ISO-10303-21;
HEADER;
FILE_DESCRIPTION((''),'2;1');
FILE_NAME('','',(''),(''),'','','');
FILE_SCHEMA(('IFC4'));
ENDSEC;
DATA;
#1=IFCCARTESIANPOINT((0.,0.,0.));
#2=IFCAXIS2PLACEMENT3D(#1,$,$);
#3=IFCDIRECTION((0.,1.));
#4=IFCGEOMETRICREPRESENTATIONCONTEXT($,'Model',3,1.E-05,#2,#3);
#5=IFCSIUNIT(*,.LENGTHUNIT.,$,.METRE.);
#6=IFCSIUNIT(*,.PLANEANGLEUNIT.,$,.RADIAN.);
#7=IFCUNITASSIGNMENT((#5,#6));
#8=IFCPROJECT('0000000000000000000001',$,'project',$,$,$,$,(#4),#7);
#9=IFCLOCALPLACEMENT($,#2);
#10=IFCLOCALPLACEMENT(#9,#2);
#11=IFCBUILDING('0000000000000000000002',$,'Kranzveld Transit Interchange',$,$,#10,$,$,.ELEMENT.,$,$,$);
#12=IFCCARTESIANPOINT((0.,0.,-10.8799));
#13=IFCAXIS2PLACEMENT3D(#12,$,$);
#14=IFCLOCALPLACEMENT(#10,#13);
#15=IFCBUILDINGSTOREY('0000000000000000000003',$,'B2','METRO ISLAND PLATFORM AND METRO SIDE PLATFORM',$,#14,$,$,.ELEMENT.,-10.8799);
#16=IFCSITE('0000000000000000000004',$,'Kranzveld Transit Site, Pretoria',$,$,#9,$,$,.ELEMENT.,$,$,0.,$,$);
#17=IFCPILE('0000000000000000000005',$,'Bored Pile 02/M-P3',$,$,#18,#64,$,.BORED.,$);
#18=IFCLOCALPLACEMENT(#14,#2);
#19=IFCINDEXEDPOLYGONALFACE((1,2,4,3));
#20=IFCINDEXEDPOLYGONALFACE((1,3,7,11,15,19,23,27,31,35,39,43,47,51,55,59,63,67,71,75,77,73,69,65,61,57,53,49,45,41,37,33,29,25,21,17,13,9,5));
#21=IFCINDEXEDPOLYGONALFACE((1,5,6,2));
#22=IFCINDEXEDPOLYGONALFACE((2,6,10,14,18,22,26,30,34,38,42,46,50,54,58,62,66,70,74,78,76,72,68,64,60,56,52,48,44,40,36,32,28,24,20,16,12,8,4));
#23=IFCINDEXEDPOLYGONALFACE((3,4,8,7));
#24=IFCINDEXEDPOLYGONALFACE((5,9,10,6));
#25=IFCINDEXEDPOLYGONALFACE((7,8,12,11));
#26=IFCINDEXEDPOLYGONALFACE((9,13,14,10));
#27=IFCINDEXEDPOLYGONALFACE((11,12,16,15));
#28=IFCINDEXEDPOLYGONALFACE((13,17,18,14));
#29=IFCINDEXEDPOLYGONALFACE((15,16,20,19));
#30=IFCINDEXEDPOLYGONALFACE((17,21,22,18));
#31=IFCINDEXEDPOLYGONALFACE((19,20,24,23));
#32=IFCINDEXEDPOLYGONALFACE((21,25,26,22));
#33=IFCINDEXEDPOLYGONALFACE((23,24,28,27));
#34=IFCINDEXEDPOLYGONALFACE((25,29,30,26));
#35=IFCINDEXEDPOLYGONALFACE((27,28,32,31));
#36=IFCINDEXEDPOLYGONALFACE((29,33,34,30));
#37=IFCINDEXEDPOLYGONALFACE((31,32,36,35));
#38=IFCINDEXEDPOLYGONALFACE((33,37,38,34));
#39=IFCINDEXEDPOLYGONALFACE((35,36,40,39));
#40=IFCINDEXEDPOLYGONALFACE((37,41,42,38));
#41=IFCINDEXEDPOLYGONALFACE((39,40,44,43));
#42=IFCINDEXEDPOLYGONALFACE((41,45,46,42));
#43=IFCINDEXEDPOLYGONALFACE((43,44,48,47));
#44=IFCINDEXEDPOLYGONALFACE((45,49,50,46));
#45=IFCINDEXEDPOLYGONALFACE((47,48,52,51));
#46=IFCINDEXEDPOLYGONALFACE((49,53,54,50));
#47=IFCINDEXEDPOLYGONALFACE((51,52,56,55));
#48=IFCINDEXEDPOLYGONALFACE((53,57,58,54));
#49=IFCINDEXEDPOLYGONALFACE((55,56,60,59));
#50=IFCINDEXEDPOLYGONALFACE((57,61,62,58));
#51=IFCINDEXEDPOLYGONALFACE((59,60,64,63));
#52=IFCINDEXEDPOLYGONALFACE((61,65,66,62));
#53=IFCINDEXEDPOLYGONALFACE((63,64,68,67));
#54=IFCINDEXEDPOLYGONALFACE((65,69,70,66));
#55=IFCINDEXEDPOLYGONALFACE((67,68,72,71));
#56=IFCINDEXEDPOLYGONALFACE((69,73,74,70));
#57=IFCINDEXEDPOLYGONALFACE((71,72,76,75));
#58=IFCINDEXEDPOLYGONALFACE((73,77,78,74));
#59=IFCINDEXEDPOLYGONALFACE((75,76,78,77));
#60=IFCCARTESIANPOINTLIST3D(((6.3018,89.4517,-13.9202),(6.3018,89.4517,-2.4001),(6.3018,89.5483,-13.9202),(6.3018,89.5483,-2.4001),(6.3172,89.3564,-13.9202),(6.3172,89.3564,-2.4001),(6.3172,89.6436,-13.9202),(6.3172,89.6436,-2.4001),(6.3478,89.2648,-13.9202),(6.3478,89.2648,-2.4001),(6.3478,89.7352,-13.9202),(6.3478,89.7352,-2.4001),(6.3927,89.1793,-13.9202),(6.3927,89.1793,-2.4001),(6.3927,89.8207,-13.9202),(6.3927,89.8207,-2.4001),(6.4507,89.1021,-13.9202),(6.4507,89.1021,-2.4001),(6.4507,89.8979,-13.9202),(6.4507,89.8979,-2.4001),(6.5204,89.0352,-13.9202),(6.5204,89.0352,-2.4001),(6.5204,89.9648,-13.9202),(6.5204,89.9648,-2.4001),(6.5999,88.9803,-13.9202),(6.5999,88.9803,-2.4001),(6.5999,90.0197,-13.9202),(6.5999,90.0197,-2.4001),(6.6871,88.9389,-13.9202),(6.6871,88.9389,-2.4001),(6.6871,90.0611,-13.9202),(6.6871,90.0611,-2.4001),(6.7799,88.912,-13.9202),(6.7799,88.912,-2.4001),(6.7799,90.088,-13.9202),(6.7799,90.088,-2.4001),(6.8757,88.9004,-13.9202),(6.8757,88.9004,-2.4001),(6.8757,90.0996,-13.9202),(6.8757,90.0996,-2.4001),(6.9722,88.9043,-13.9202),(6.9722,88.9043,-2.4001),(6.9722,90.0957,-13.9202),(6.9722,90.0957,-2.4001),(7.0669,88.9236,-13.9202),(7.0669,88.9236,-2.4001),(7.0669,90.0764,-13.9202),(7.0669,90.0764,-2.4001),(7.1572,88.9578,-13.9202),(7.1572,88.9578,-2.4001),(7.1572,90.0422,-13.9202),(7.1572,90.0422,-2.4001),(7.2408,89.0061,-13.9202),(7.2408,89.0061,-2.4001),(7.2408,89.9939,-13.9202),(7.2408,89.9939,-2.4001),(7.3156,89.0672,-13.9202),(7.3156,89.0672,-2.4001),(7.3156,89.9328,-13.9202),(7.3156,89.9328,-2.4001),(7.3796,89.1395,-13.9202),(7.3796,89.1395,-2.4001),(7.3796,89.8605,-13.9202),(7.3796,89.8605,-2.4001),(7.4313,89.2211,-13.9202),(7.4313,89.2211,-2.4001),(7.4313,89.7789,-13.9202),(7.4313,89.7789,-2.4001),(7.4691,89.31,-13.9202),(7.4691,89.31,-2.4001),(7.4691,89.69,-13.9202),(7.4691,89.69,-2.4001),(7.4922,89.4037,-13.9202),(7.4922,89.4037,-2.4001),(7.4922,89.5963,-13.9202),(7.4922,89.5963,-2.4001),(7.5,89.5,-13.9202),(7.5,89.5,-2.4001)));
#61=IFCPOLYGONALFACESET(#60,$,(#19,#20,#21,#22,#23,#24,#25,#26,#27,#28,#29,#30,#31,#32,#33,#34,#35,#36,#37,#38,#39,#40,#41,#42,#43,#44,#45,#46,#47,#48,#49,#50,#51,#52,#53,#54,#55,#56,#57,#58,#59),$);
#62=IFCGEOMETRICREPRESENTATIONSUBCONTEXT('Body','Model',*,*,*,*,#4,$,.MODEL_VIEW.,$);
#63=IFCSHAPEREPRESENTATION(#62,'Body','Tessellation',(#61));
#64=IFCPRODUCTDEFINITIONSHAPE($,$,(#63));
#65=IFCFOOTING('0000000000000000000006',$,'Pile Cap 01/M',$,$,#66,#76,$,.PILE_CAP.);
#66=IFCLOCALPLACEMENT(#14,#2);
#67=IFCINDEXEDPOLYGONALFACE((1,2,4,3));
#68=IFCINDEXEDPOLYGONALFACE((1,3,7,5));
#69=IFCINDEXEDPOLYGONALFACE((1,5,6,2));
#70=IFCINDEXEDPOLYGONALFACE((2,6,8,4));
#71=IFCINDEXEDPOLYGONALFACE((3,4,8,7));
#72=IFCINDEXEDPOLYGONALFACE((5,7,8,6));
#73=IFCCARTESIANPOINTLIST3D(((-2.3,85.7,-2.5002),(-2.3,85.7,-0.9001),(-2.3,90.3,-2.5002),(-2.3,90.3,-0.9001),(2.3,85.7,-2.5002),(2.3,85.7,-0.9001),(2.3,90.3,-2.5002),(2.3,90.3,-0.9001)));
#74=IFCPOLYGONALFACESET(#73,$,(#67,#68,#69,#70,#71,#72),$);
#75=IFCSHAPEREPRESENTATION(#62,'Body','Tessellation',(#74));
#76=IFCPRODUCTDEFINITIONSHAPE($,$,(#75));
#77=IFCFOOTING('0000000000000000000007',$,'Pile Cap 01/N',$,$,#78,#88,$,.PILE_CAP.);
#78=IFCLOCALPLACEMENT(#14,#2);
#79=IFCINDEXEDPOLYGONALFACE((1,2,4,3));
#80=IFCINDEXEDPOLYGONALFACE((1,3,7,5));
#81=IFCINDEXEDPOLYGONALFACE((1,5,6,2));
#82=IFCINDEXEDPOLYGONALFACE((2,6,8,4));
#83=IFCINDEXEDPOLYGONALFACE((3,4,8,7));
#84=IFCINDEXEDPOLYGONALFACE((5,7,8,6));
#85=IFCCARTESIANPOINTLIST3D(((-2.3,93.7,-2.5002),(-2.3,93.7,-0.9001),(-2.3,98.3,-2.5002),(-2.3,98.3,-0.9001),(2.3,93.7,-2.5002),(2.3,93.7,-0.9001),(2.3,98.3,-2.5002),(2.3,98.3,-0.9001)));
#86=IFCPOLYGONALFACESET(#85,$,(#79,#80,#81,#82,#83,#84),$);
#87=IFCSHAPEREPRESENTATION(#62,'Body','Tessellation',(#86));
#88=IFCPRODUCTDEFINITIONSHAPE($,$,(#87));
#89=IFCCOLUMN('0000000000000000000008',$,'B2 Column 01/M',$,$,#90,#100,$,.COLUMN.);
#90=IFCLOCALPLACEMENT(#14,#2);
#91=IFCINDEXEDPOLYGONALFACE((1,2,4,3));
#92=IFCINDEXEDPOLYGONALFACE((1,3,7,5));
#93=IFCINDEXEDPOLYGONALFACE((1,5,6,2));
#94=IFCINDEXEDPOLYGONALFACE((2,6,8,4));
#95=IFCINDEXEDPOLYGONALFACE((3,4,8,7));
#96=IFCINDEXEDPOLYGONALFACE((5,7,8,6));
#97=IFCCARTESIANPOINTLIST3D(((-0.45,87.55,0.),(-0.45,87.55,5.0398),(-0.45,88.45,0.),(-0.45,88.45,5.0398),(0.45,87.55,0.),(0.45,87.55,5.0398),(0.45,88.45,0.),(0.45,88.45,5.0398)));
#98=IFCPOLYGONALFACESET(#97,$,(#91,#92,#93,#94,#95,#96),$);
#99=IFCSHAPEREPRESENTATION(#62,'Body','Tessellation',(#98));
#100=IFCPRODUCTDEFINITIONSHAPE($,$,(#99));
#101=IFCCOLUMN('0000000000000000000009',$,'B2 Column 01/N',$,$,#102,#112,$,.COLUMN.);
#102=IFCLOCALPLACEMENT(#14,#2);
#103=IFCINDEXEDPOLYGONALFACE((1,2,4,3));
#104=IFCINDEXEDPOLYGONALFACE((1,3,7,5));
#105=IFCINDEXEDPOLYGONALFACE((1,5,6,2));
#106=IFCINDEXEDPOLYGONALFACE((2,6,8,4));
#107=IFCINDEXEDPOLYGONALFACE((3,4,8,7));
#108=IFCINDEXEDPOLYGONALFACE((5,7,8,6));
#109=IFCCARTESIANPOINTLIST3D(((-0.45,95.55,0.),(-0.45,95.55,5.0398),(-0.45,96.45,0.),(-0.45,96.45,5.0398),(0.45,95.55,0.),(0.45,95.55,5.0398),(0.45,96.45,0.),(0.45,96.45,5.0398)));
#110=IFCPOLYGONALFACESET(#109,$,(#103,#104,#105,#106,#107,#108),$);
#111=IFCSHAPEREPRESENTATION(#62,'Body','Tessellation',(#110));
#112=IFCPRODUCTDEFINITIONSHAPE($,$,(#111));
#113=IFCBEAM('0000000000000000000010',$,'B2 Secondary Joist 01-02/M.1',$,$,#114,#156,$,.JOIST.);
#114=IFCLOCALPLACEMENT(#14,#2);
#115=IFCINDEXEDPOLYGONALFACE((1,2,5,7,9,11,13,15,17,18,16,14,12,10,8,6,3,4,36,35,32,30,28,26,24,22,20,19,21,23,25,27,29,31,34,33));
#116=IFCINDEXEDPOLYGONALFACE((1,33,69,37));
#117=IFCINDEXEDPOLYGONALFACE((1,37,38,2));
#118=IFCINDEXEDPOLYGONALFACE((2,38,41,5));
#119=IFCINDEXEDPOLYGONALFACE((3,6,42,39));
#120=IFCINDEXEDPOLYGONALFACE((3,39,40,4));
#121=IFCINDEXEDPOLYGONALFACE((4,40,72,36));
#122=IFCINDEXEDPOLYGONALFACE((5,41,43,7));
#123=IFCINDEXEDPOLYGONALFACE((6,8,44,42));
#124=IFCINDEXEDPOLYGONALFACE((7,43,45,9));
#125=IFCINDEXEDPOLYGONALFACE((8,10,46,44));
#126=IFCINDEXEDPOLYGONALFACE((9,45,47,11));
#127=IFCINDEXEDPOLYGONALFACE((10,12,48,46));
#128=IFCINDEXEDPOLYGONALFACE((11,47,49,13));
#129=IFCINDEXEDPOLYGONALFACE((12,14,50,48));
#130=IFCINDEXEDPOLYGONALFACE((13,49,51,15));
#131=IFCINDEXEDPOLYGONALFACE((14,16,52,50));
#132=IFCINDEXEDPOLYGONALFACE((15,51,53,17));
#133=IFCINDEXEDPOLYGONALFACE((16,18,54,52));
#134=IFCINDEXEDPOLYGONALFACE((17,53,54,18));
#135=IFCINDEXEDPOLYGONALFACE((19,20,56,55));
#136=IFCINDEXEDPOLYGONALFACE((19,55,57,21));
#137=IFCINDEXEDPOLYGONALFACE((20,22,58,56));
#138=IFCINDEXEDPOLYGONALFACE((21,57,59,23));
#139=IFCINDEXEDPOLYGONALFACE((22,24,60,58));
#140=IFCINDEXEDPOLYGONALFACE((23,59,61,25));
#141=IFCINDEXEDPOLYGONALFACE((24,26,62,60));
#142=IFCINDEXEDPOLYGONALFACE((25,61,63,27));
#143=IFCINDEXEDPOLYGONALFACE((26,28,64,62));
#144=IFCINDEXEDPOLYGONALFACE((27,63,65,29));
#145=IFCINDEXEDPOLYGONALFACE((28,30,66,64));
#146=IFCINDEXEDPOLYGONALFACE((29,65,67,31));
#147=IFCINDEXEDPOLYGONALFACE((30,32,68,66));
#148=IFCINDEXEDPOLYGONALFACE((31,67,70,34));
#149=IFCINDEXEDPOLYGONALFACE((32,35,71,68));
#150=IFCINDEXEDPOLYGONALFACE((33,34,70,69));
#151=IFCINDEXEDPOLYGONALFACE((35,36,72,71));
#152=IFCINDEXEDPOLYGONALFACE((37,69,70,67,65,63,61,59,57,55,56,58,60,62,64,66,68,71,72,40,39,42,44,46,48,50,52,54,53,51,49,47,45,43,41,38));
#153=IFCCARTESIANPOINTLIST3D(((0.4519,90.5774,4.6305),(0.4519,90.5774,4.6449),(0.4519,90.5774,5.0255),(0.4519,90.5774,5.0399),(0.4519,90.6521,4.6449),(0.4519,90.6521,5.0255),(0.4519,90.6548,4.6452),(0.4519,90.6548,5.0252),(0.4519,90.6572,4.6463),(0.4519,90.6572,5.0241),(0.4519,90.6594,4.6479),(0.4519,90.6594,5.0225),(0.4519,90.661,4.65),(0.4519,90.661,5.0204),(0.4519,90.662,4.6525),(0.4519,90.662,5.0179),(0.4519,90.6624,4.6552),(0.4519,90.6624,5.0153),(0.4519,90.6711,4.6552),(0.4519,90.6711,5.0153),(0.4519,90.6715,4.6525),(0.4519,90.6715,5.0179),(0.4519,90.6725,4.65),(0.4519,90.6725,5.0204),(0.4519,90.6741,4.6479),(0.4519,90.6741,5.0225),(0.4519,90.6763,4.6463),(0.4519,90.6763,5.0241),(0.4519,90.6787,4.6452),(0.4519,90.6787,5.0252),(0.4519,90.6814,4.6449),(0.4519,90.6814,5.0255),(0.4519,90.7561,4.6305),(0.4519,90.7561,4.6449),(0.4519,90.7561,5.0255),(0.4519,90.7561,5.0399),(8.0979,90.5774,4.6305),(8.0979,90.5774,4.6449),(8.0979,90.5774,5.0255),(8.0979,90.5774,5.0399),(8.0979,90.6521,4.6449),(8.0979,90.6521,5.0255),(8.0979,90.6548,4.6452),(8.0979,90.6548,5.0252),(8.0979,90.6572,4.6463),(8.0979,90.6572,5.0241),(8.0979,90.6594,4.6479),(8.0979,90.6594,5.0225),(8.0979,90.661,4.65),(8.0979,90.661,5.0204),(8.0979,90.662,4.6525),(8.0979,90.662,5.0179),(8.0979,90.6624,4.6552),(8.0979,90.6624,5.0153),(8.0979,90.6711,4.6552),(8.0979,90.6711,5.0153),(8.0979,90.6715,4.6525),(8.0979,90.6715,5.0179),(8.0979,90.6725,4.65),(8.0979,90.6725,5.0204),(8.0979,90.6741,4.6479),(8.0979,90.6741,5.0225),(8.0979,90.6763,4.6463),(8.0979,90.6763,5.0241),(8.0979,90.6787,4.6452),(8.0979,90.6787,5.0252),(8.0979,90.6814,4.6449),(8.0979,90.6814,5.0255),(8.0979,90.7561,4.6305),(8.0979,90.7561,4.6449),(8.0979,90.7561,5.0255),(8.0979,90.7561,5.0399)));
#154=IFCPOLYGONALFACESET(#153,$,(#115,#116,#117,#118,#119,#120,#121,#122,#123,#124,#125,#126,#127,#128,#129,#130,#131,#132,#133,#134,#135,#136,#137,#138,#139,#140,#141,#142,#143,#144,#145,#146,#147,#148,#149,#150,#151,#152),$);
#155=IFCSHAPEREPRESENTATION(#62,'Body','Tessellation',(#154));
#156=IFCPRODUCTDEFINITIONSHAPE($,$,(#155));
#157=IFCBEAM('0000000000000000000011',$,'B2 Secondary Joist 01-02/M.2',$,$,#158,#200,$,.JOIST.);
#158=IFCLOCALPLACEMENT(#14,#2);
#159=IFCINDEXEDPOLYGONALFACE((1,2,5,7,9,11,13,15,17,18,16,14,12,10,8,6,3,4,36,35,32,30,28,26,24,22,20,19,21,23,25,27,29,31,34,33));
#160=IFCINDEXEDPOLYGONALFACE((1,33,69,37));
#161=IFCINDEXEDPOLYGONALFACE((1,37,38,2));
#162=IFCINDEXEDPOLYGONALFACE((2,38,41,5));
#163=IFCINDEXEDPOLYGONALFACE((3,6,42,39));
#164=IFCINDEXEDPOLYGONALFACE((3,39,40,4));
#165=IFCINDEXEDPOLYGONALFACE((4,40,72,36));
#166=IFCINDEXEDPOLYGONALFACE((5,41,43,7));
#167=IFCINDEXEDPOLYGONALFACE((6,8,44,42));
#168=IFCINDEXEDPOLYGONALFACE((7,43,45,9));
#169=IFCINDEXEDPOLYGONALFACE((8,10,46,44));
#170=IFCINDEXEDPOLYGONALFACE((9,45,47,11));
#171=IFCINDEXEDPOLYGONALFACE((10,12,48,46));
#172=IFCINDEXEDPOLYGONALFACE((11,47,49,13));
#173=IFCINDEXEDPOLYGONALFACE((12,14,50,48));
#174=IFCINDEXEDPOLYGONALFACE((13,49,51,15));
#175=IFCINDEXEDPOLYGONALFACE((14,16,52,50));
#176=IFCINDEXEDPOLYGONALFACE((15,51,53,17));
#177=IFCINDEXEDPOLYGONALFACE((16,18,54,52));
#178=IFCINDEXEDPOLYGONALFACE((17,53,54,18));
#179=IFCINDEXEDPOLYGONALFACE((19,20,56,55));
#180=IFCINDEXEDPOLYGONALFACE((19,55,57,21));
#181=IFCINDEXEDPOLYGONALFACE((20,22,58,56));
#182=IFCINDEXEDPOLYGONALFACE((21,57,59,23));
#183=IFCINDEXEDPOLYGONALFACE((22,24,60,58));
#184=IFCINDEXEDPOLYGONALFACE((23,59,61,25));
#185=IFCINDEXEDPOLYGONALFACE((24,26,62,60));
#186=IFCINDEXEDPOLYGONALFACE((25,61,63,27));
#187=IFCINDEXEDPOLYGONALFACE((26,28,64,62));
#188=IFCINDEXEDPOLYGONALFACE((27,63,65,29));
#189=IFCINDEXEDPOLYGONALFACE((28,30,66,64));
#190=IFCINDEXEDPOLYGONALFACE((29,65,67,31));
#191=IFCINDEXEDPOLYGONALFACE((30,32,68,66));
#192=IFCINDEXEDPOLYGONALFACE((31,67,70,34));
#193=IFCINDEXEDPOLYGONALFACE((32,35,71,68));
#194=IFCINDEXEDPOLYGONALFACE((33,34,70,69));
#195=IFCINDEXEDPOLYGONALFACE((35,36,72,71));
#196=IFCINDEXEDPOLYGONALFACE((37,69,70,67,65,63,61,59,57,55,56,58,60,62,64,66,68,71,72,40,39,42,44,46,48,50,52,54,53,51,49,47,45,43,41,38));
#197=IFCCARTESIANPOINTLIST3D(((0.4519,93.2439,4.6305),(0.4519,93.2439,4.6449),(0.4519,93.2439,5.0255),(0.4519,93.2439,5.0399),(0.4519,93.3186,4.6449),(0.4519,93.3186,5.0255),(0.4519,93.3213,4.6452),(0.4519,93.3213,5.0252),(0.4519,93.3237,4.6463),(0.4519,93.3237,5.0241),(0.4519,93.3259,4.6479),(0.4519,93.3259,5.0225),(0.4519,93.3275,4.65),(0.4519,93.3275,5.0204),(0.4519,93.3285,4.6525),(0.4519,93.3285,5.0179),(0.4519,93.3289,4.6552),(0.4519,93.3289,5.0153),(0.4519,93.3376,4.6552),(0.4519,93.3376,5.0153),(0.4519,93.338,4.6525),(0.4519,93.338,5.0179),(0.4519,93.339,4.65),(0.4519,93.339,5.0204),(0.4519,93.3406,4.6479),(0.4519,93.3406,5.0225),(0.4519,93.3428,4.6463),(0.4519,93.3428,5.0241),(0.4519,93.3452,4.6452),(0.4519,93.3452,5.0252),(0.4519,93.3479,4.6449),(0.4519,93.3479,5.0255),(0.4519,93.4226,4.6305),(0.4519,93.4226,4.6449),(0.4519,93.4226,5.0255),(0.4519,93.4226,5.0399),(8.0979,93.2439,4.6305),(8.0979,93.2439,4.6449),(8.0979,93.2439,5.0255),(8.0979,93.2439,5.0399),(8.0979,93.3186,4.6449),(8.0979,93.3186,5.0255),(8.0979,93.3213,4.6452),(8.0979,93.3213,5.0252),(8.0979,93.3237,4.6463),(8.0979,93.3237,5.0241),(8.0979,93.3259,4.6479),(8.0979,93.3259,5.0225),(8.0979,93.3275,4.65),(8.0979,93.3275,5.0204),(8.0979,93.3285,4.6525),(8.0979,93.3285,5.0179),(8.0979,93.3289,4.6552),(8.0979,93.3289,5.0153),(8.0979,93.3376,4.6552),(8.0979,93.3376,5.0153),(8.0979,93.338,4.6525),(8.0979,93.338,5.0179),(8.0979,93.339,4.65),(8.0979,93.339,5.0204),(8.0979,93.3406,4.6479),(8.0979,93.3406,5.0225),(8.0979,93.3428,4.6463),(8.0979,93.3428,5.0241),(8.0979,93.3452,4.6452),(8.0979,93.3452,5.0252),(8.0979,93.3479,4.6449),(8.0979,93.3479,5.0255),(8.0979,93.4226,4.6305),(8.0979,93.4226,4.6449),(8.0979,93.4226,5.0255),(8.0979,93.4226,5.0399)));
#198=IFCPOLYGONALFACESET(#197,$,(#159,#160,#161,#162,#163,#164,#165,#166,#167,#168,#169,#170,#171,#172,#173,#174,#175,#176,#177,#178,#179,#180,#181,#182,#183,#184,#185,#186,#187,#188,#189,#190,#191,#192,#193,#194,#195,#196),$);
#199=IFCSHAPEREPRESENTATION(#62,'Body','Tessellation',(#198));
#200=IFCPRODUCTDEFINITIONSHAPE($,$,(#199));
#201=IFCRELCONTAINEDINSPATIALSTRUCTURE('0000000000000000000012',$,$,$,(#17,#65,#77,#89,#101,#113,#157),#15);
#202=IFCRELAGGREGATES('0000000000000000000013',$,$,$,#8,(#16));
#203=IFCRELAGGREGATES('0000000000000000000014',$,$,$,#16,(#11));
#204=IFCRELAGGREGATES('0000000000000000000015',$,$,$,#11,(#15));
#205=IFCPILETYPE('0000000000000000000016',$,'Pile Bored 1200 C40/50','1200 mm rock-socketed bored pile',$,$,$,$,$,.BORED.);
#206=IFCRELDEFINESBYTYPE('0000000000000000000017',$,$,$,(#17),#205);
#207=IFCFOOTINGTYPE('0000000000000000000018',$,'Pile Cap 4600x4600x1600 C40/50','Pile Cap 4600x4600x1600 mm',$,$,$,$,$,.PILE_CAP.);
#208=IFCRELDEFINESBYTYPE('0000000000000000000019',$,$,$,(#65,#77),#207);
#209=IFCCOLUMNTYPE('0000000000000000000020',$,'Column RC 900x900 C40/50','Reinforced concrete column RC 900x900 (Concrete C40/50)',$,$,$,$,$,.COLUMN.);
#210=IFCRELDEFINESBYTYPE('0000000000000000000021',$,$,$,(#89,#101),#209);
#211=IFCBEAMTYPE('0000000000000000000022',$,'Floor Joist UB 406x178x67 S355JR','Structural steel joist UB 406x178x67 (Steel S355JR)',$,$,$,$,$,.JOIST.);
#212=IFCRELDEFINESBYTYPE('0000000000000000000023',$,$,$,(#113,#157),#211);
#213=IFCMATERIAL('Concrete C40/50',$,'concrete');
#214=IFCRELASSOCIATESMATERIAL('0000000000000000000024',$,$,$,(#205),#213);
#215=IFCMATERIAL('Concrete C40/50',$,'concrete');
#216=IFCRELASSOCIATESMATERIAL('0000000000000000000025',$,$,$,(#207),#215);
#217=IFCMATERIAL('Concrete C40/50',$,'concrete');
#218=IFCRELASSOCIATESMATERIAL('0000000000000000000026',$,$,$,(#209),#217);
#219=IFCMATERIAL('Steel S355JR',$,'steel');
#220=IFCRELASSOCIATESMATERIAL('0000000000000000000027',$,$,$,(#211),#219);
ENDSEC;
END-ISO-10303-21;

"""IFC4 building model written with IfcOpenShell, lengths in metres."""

from ifc_helpers import new_model, si_unit, direction, frame, origin, origin_2d, place, context, subcontext, project, spatial, rectangle, circle, i_section, extrude, material, material_profile, profile_set, type_object, element, save


model = new_model("IFC4")

# Units and contexts
model_context = context("Model", 3, precision=1e-05, world=origin(), true_north=direction((0.0, 1.0)))
body_context = subcontext(model_context, "Body", "Model", "MODEL_VIEW")
ifc_project = project(units=[si_unit("LENGTHUNIT", "METRE"), si_unit("PLANEANGLEUNIT", "RADIAN")], contexts=[model_context])

# Site, building, storey
site_placement = place(None, origin())
site = spatial("IfcSite", under=ifc_project, at=site_placement, Name="Kranzveld Transit Site, Pretoria", CompositionType="ELEMENT", RefElevation=0.0)
building_placement = place(site_placement, origin())
building = spatial("IfcBuilding", under=site, at=building_placement, Name="Kranzveld Transit Interchange", CompositionType="ELEMENT")
storey_placement = place(building_placement, frame((0.0, 0.0, -10.8799)))
storey = spatial("IfcBuildingStorey", under=building, at=storey_placement, Name="B2", Description="METRO ISLAND PLATFORM AND METRO SIDE PLATFORM", CompositionType="ELEMENT", Elevation=-10.8799)

# Pile
ifc_material_1 = material(Name="Concrete C40/50", Category="concrete")
ifc_material_profile_1 = material_profile(ifc_material_1, circle(Radius=0.6001, at=origin_2d()), Name="BORED PILE 1200")
ifc_profile_set_1 = profile_set([ifc_material_profile_1], Name="Concrete C40/50")
pile_type = type_object("IfcPileType", Name="Pile Bored 1200 C40/50", Description="1200 mm rock-socketed bored pile", PredefinedType="BORED", material=ifc_profile_set_1)
for number, where, z_axis, x_axis, name in (
    (1, (6.8999, 89.5, -2.4001), (0.0, 0.0, -1.0), (1.0, 0.0, 0.0), "Bored Pile 02/M-P3"),
):
    element("IfcPile", number, at=place(storey_placement, frame(where, z_axis=z_axis, x_axis=x_axis)), inside=storey, type_object=pile_type, Name=name, PredefinedType="BORED", context=body_context, shape_type="SweptSolid", body=[
        extrude(circle(Radius=0.6001, at=origin_2d()), origin(), (0.0, 0.0, 1.0), 11.52),
    ])

# Footings
ifc_material_2 = material(Name="Concrete C40/50", Category="concrete")
footing_type = type_object("IfcFootingType", Name="Pile Cap 4600x4600x1600 C40/50", Description="Pile Cap 4600x4600x1600 mm", PredefinedType="PILE_CAP", material=ifc_material_2)
for number, where, z_axis, x_axis, name in (
    (2, (0.0, 88.0, -2.5002), (0.0, 0.0, 1.0), (1.0, 0.0, 0.0), "Pile Cap 01/M"),
    (3, (0.0, 96.0, -2.5002), (0.0, 0.0, 1.0), (1.0, 0.0, 0.0), "Pile Cap 01/N"),
):
    element("IfcFooting", number, at=place(storey_placement, frame(where, z_axis=z_axis, x_axis=x_axis)), inside=storey, type_object=footing_type, Name=name, PredefinedType="PILE_CAP", context=body_context, shape_type="SweptSolid", body=[
        extrude(rectangle(XDim=4.6001, YDim=4.6001, at=origin_2d()), origin(), (0.0, 0.0, 1.0), 1.6001),
    ])

# Columns
ifc_material_3 = material(Name="Concrete C40/50", Category="concrete")
ifc_material_profile_2 = material_profile(ifc_material_3, rectangle(XDim=0.8999, YDim=0.8999, at=origin_2d()), Name="RC 900x900")
ifc_profile_set_2 = profile_set([ifc_material_profile_2], Name="Concrete C40/50")
column_type = type_object("IfcColumnType", Name="Column RC 900x900 C40/50", Description="Reinforced concrete column RC 900x900 (Concrete C40/50)", PredefinedType="COLUMN", material=ifc_profile_set_2)
for number, where, z_axis, x_axis, name in (
    (4, (0.0, 88.0, 0.0), (0.0, 0.0, 1.0), (1.0, 0.0, 0.0), "B2 Column 01/M"),
    (5, (0.0, 96.0, 0.0), (0.0, 0.0, 1.0), (1.0, 0.0, 0.0), "B2 Column 01/N"),
):
    element("IfcColumn", number, at=place(storey_placement, frame(where, z_axis=z_axis, x_axis=x_axis)), inside=storey, type_object=column_type, Name=name, PredefinedType="COLUMN", context=body_context, shape_type="SweptSolid", body=[
        extrude(rectangle(XDim=0.8999, YDim=0.8999, at=origin_2d()), origin(), (0.0, 0.0, 1.0), 5.0398),
    ])

# Beams
ifc_material_4 = material(Name="Steel S355JR", Category="steel")
ifc_material_profile_3 = material_profile(ifc_material_4, i_section(OverallWidth=0.1787, OverallDepth=0.4094, WebThickness=0.0088, FlangeThickness=0.0144, FilletRadius=0.0103, at=origin_2d()), Name="UB 406x178x67")
ifc_profile_set_3 = profile_set([ifc_material_profile_3], Name="Steel S355JR")
beam_type_1 = type_object("IfcBeamType", Name="Floor Joist UB 406x178x67 S355JR", Description="Structural steel joist UB 406x178x67 (Steel S355JR)", PredefinedType="JOIST", material=ifc_profile_set_3)
for number, where, z_axis, x_axis, name in (
    (6, (0.4519, 90.6667, 4.8352), (1.0, 0.0, 0.0), (0.0, 1.0, 0.0), "B2 Secondary Joist 01-02/M.1"),
    (7, (0.4519, 93.3333, 4.8352), (1.0, 0.0, 0.0), (0.0, 1.0, 0.0), "B2 Secondary Joist 01-02/M.2"),
):
    element("IfcBeam", number, at=place(storey_placement, frame(where, z_axis=z_axis, x_axis=x_axis)), inside=storey, type_object=beam_type_1, Name=name, PredefinedType="JOIST", context=body_context, shape_type="SweptSolid", body=[
        extrude(i_section(OverallWidth=0.1787, OverallDepth=0.4094, WebThickness=0.0088, FlangeThickness=0.0144, FilletRadius=0.0103, at=origin_2d()), origin(), (0.0, 0.0, 1.0), 7.646),
    ])

save(model, "model.ifc")
